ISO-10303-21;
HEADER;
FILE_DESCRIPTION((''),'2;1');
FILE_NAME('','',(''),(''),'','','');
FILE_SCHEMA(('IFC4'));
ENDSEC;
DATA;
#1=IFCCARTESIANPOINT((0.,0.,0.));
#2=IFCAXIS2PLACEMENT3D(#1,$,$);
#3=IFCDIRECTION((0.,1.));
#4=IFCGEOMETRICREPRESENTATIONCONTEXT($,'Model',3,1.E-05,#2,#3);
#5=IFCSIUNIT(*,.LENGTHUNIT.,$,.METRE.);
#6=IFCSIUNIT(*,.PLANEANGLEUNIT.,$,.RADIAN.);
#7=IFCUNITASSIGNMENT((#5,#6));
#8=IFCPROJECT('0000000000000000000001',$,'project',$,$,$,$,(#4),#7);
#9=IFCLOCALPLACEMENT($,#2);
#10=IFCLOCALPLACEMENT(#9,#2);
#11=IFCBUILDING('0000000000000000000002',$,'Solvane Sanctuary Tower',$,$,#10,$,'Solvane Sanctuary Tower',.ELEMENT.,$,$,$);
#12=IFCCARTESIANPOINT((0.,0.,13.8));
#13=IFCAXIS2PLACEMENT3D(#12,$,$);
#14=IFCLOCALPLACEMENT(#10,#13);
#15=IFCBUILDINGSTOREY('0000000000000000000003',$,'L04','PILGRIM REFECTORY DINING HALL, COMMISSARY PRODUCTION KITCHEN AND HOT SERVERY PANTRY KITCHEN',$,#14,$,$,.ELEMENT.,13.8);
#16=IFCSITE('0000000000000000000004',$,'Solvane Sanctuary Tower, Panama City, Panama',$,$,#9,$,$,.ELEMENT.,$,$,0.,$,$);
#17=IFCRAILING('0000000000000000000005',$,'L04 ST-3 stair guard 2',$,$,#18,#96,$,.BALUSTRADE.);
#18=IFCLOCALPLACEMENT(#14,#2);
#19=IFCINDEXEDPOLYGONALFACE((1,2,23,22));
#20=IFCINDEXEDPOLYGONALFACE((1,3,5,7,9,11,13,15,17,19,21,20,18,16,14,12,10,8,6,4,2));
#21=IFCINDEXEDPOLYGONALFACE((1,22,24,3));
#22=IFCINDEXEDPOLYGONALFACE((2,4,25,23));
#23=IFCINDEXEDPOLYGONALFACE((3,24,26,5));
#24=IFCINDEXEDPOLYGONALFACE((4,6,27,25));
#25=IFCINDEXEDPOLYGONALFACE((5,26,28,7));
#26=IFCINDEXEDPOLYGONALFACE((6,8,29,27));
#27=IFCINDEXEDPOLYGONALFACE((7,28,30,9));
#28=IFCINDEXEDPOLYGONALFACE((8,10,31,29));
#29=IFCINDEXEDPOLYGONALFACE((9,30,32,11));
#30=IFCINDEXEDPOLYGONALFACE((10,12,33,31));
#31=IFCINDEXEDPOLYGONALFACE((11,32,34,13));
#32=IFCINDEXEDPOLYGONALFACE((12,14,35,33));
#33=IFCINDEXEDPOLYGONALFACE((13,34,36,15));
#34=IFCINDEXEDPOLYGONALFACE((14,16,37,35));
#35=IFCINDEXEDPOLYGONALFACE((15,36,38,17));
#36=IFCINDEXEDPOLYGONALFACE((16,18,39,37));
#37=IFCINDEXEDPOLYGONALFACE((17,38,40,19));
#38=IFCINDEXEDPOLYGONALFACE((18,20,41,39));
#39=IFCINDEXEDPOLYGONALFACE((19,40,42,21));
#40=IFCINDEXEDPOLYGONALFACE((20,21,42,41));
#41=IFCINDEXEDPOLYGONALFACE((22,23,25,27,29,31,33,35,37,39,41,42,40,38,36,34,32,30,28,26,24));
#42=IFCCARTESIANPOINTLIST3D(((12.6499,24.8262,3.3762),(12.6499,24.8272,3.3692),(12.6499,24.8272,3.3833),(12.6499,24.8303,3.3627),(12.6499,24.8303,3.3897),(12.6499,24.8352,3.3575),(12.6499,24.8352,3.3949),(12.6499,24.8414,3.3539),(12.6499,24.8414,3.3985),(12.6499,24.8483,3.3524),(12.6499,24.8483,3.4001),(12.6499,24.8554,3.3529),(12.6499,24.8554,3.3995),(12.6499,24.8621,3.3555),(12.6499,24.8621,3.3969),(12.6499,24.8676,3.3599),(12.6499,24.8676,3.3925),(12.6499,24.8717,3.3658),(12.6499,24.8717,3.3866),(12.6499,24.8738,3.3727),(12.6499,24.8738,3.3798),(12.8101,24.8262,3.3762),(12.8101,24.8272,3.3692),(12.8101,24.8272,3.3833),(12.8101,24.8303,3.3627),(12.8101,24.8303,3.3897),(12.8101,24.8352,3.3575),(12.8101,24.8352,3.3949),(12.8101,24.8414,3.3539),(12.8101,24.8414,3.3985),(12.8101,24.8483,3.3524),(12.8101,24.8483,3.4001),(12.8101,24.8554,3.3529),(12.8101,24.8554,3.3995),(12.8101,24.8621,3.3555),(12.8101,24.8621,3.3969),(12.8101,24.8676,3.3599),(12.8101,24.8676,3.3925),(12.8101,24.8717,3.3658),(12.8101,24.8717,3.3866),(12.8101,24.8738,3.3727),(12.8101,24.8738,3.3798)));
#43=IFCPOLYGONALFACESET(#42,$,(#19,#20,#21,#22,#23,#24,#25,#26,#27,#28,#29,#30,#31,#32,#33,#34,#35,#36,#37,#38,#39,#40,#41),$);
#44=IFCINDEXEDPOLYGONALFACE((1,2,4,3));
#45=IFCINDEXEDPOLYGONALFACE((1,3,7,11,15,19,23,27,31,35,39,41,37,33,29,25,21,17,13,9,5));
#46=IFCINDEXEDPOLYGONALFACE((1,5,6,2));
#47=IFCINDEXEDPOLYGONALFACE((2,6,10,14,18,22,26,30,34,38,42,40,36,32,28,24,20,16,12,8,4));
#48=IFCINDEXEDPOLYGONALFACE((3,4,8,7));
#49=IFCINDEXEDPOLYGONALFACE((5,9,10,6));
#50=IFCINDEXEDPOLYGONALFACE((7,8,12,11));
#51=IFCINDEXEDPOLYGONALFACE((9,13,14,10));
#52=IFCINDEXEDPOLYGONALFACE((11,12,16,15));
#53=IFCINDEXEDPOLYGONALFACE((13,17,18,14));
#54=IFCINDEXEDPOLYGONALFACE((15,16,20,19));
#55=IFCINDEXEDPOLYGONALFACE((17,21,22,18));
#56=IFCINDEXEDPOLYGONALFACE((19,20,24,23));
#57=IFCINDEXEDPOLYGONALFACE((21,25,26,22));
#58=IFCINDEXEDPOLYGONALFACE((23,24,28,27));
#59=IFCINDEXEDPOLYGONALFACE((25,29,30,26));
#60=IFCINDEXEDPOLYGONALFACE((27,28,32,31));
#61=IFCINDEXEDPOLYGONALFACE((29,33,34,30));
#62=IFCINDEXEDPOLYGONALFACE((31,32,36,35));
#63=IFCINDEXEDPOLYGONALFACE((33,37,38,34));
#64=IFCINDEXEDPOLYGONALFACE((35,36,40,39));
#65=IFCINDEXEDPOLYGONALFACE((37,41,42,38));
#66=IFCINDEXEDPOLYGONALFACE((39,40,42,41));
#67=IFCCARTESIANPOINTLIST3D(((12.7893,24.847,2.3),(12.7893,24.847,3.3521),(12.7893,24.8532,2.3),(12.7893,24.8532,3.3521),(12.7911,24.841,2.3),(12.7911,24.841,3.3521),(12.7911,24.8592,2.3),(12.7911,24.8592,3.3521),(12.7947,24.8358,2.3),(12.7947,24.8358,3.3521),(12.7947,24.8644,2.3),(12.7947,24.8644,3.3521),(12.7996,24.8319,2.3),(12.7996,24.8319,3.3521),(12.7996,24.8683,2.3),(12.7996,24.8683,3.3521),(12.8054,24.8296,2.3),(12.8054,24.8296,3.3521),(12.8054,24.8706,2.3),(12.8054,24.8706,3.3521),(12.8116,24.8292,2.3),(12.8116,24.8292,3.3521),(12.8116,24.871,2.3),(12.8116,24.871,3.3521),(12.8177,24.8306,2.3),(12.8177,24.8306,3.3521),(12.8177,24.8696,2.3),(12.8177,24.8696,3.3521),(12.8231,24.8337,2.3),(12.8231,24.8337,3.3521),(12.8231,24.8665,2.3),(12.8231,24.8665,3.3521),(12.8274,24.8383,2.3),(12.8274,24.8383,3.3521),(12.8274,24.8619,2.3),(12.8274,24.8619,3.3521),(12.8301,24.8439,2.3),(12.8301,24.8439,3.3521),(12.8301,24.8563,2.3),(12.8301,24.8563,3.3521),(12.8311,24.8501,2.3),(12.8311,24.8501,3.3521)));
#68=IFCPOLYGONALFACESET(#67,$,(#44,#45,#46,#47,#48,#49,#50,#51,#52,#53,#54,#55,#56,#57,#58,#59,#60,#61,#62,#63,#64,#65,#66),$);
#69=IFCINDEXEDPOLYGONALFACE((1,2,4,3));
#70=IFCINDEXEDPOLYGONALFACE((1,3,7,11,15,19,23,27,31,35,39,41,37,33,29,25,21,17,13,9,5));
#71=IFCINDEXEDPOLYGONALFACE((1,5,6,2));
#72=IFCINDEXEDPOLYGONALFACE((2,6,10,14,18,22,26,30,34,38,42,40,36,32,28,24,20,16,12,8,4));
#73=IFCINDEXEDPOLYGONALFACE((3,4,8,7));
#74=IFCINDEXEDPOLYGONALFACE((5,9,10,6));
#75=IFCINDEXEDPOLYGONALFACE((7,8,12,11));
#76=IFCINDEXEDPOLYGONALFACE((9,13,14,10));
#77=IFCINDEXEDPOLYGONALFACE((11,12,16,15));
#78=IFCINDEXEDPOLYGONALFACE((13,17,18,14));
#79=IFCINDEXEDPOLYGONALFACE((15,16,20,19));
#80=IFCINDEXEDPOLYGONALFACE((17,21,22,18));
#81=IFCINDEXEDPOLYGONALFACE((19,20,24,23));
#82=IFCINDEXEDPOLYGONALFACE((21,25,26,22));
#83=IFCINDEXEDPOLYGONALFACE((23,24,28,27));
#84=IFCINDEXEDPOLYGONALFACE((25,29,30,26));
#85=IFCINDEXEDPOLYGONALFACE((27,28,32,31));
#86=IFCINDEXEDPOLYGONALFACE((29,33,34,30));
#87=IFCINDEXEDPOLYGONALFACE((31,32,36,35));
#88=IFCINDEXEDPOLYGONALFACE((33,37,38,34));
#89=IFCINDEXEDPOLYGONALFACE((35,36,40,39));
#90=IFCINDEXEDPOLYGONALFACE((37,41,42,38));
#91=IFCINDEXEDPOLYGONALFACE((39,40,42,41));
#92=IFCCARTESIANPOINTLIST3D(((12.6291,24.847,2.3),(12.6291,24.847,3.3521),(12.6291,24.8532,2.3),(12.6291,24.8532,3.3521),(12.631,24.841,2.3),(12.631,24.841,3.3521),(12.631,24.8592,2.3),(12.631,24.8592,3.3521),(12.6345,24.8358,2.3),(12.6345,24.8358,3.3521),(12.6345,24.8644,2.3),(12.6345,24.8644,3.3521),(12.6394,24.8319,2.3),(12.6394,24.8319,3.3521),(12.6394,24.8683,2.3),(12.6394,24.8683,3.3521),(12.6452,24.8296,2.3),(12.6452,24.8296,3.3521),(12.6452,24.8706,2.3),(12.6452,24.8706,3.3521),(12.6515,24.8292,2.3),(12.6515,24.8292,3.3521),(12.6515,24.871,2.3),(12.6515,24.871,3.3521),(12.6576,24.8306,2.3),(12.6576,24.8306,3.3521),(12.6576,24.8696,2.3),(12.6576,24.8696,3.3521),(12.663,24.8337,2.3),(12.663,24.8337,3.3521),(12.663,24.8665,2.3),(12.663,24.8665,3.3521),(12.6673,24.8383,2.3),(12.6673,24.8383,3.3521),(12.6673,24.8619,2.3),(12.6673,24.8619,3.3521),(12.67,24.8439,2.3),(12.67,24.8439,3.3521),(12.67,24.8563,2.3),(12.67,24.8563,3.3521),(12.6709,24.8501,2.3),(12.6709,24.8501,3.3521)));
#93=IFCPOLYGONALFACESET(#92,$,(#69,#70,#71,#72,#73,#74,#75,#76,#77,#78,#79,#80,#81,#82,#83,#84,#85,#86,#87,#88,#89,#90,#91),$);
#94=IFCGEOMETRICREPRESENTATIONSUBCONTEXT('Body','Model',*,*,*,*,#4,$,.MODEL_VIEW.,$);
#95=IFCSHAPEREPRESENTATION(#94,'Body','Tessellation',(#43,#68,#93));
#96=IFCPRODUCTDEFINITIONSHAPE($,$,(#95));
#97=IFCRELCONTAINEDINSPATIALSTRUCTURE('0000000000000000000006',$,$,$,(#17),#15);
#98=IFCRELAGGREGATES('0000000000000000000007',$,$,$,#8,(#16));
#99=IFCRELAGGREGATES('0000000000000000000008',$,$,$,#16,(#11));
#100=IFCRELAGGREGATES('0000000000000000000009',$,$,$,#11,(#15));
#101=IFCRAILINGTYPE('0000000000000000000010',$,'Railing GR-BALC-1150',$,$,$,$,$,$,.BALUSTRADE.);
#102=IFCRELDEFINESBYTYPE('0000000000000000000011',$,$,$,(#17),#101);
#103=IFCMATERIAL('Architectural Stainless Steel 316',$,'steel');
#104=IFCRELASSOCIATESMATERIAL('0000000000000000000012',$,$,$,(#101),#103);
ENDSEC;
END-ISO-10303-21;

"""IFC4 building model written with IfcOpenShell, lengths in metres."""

from ifc_helpers import new_model, si_unit, direction, frame, origin, origin_2d, place, context, subcontext, project, spatial, circle, extrude, material, type_object, element, save


model = new_model("IFC4")

# Units and contexts
model_context = context("Model", 3, precision=1e-05, world=origin(), true_north=direction((0.0, 1.0)))
body_context = subcontext(model_context, "Body", "Model", "MODEL_VIEW")
ifc_project = project(units=[si_unit("LENGTHUNIT", "METRE"), si_unit("PLANEANGLEUNIT", "RADIAN")], contexts=[model_context])

# Site, building, storey
site_placement = place(None, origin())
site = spatial("IfcSite", under=ifc_project, at=site_placement, Name="Solvane Sanctuary Tower, Panama City, Panama", CompositionType="ELEMENT", RefElevation=0.0)
building_placement = place(site_placement, origin())
building = spatial("IfcBuilding", under=site, at=building_placement, Name="Solvane Sanctuary Tower", LongName="Solvane Sanctuary Tower", CompositionType="ELEMENT")
storey_placement = place(building_placement, frame((0.0, 0.0, 13.8)))
storey = spatial("IfcBuildingStorey", under=building, at=storey_placement, Name="L04", Description="PILGRIM REFECTORY DINING HALL, COMMISSARY PRODUCTION KITCHEN AND HOT SERVERY PANTRY KITCHEN", CompositionType="ELEMENT", Elevation=13.8)

# Railing
ifc_material_1 = material(Name="Architectural Stainless Steel 316", Category="steel")
railing_type_1 = type_object("IfcRailingType", Name="Railing GR-BALC-1150", PredefinedType="BALUSTRADE", material=ifc_material_1)
railing_1_placement = place(storey_placement, frame((12.8101, 24.8501, 2.3)))
element("IfcRailing", 1, at=railing_1_placement, inside=storey, type_object=railing_type_1, Name="L04 ST-3 stair guard 2", PredefinedType="BALUSTRADE", context=body_context, shape_type="SweptSolid", body=[
    extrude(circle(Radius=0.0239, at=origin_2d()), frame((0.0, 0.0, 1.0762), z_axis=(-1.0, 0.0, 0.0), x_axis=(0.0, -1.0, 0.0)), (0.0, 0.0, 1.0), 0.1602),
    extrude(circle(Radius=0.021, at=origin_2d()), origin(), (0.0, 0.0, 1.0), 1.052),
    extrude(circle(Radius=0.021, at=origin_2d()), frame((-0.1602, 0.0, 0.0)), (0.0, 0.0, 1.0), 1.052),
])

save(model, "model.ifc")
